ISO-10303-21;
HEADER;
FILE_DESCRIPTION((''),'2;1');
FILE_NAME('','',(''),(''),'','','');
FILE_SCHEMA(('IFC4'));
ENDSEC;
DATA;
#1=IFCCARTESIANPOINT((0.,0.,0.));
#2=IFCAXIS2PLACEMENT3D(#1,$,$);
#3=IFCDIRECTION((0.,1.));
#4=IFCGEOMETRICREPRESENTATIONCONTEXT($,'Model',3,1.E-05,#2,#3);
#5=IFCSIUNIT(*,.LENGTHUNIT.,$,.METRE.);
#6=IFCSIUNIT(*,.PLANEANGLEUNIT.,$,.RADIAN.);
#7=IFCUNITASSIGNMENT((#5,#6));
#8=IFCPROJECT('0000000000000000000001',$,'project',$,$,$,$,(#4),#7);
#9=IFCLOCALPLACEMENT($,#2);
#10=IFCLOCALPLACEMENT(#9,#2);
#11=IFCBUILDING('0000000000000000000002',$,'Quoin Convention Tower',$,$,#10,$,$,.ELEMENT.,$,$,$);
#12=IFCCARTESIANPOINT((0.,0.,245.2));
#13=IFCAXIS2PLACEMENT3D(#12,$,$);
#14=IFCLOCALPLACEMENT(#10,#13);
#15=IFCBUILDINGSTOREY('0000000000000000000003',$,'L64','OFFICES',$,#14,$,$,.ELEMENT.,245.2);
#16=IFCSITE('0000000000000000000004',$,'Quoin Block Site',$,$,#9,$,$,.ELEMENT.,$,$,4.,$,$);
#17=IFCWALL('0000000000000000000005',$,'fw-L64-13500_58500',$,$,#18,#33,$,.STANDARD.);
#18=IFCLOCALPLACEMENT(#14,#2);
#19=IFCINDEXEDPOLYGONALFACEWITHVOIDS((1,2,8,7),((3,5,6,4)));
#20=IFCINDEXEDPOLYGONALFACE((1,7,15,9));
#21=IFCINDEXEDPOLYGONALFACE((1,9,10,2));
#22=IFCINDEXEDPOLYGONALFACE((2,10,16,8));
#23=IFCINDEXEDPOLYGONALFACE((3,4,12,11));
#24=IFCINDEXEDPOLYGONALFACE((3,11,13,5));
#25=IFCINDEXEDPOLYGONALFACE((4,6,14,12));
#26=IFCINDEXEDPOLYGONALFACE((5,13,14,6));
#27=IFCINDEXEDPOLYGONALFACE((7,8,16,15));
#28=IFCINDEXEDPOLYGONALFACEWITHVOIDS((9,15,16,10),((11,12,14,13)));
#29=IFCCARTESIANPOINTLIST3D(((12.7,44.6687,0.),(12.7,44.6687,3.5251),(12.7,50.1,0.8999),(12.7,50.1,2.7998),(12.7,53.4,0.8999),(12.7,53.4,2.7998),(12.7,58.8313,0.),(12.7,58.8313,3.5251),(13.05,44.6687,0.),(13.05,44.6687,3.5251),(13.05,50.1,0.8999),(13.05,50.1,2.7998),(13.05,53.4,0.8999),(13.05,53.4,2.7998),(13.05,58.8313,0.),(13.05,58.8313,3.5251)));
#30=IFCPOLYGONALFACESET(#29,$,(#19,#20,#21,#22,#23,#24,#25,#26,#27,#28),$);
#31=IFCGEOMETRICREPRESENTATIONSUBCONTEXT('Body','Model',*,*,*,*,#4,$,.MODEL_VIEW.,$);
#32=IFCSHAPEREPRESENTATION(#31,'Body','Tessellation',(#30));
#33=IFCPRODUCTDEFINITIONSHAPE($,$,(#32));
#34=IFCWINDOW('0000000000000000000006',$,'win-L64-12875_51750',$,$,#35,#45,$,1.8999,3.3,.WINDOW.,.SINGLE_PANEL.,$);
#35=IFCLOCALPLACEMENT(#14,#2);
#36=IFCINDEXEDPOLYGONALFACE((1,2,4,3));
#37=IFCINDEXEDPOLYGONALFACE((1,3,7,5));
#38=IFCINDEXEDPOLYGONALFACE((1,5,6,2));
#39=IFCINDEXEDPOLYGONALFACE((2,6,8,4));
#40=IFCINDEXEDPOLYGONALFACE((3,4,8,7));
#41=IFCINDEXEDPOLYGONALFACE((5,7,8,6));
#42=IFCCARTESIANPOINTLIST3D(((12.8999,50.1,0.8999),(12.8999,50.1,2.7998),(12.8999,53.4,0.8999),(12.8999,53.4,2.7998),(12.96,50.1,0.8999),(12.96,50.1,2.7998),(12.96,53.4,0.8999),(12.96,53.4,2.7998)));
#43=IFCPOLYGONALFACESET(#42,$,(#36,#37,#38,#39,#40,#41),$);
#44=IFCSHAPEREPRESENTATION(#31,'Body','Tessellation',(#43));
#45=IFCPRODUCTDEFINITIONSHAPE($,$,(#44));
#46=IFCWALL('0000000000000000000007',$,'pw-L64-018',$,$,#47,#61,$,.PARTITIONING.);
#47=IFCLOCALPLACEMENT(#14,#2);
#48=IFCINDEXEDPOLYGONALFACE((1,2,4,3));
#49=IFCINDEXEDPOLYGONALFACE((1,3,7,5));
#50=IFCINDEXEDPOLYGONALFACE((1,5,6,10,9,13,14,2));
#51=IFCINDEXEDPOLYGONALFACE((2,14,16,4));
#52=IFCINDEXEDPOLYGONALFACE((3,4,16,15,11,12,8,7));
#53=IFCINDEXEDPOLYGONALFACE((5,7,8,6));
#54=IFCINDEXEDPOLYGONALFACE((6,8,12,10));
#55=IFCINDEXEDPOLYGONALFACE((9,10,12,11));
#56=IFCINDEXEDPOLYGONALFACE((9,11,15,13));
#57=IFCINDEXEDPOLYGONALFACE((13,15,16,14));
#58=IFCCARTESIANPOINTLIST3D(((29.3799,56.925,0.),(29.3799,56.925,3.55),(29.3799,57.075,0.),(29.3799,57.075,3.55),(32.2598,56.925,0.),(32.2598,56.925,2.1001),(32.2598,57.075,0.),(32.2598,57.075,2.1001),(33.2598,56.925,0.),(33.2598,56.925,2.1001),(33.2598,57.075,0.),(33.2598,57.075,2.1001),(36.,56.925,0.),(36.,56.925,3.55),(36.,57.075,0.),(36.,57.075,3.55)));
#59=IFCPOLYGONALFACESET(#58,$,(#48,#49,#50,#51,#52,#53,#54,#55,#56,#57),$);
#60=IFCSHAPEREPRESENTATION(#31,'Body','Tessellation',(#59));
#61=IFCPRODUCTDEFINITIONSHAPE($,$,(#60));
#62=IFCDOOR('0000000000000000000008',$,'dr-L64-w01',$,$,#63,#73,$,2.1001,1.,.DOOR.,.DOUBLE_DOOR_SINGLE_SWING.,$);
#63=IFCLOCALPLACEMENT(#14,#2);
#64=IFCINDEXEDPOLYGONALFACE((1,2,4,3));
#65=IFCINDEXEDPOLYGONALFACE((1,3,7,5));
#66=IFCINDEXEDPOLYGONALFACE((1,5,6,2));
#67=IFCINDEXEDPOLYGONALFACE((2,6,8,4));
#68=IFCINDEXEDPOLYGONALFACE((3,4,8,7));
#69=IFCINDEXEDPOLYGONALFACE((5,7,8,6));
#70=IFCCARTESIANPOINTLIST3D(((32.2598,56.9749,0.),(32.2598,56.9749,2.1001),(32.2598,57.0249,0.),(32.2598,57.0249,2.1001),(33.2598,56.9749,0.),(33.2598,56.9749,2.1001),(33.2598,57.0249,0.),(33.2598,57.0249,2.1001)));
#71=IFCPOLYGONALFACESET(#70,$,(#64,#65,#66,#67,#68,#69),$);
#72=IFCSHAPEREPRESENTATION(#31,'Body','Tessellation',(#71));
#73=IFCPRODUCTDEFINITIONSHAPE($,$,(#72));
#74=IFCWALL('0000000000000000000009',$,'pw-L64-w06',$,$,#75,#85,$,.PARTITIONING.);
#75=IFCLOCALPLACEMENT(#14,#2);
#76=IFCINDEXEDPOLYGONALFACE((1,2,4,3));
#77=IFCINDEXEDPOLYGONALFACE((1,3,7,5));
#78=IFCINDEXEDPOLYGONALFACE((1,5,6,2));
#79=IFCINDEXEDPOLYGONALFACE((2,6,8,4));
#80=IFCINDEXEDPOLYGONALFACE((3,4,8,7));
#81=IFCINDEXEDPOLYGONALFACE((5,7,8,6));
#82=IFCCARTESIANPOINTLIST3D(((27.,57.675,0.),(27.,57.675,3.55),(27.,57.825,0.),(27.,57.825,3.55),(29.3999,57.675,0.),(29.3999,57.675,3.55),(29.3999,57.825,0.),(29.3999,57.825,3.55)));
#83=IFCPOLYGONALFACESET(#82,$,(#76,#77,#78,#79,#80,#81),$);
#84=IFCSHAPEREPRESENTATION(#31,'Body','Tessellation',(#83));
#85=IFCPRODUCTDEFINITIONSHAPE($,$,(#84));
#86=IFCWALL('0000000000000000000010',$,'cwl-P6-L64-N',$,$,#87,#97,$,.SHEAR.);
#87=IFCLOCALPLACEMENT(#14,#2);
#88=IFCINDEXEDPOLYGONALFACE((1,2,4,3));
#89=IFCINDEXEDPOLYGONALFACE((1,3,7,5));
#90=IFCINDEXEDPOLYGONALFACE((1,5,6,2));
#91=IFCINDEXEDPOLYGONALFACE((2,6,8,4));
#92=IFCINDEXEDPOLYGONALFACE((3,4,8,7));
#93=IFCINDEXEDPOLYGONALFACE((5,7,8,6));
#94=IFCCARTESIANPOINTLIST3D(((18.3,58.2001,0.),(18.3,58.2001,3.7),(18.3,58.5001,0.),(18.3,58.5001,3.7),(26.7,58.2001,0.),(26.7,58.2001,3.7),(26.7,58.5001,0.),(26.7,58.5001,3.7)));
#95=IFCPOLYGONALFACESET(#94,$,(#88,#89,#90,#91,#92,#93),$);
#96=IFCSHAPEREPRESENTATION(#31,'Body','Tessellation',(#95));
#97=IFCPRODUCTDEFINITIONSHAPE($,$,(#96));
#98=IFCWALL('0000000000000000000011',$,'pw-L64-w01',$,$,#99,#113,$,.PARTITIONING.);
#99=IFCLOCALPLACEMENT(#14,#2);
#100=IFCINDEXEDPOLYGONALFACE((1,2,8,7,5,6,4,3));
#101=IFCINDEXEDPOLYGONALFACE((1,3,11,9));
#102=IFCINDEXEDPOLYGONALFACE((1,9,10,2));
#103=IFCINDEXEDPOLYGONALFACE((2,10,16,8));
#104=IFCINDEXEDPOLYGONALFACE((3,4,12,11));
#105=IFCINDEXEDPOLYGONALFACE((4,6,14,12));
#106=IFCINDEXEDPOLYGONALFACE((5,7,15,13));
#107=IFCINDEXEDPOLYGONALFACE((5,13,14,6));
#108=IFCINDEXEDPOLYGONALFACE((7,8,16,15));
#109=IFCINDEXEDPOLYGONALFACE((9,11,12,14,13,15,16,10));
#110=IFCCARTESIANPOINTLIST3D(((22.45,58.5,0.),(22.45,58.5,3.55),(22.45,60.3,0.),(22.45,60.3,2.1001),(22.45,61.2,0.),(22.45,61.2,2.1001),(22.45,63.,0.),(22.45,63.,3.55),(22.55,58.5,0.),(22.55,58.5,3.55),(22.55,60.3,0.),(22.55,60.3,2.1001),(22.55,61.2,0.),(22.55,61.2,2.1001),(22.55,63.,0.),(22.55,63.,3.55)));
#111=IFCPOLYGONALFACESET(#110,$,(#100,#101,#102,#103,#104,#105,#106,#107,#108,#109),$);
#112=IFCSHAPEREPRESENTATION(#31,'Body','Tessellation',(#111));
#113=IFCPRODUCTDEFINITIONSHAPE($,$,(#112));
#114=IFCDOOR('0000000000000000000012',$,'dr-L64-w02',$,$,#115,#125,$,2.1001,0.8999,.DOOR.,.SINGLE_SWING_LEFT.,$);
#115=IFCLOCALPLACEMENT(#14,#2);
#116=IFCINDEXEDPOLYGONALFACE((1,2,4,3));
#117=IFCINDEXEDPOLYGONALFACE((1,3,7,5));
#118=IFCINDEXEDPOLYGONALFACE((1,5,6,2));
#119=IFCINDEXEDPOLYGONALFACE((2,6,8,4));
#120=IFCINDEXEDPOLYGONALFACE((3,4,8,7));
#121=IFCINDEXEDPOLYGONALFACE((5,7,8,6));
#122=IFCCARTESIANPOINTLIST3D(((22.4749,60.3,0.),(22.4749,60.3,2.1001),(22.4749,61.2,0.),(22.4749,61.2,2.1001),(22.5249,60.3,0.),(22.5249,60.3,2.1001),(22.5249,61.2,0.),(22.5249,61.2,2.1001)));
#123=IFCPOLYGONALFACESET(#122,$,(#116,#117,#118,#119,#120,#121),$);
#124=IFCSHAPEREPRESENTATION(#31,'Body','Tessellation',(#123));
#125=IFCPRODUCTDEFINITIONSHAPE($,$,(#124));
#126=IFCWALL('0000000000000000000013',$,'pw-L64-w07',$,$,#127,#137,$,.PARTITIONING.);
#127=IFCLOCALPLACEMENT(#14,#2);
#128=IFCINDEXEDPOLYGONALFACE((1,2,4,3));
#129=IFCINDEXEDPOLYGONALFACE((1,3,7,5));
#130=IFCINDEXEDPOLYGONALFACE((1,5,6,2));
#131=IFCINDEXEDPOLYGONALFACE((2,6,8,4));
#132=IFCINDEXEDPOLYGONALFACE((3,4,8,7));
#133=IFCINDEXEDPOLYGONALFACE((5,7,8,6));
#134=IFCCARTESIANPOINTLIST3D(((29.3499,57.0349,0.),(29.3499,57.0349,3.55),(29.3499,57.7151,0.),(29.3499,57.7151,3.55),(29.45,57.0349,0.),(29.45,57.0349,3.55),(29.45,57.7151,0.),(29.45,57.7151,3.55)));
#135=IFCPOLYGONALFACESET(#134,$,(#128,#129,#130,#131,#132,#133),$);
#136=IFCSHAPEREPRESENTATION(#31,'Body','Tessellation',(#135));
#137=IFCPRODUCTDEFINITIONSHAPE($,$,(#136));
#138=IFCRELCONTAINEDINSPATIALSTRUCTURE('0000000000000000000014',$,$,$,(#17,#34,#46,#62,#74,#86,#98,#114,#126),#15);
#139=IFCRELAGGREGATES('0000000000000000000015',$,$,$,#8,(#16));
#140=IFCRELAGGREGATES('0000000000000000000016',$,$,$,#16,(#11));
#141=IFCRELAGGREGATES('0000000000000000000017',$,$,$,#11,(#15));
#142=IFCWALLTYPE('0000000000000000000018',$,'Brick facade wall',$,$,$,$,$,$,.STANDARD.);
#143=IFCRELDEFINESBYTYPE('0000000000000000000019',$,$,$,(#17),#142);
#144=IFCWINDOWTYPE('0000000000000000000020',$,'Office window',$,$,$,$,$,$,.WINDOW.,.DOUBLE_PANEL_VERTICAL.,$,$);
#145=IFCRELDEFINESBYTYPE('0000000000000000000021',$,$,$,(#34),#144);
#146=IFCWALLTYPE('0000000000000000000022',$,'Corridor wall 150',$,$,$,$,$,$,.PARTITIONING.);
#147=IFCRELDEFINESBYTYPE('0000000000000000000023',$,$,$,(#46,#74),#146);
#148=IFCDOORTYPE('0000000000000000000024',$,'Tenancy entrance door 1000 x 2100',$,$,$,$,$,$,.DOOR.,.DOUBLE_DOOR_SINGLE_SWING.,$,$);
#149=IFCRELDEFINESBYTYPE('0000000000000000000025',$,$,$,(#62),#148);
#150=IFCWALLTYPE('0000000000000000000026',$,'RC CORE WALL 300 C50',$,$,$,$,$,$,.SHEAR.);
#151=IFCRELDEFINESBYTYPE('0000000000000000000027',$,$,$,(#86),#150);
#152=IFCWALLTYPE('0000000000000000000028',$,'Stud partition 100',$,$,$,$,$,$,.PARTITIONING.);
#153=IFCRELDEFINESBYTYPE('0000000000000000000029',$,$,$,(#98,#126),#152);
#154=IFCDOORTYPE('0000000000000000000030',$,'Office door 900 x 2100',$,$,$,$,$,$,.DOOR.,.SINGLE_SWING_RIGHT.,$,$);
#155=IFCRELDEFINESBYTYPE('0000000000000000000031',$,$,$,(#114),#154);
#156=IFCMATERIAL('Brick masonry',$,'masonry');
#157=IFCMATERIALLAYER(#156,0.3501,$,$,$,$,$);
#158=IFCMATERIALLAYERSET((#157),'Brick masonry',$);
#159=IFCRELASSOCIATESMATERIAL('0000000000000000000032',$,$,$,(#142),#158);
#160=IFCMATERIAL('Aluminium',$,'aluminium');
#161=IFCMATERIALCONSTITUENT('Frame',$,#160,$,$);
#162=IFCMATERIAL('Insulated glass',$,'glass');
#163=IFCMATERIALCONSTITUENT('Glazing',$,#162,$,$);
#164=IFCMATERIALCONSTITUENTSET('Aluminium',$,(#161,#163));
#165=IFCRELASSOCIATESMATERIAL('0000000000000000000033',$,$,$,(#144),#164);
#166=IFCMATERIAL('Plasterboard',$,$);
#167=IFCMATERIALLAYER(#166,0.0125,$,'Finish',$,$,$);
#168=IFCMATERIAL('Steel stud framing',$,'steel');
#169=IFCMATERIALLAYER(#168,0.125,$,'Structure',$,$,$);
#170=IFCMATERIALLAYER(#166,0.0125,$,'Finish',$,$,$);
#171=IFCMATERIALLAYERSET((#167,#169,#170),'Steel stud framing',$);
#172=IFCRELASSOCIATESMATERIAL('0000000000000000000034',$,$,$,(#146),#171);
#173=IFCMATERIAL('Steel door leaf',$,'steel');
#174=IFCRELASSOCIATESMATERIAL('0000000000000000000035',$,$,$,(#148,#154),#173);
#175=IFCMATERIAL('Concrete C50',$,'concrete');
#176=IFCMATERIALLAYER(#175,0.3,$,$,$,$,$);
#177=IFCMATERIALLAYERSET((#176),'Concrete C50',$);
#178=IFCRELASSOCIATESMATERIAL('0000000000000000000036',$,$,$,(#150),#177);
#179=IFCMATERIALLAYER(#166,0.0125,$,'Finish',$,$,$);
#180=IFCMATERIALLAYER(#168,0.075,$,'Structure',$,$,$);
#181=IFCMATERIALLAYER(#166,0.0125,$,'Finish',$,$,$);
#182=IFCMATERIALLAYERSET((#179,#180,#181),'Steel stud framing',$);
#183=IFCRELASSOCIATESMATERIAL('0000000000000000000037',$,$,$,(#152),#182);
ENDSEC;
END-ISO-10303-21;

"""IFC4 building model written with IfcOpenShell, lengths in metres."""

from ifc_helpers import new_model, si_unit, direction, frame, frame_2d, origin, place, context, subcontext, project, spatial, rectangle, extrude, material, layer, layer_set, constituent, constituent_set, type_object, element, fill, save


model = new_model("IFC4")

# Units and contexts
model_context = context("Model", 3, precision=1e-05, world=origin(), true_north=direction((0.0, 1.0)))
body_context = subcontext(model_context, "Body", "Model", "MODEL_VIEW")
ifc_project = project(units=[si_unit("LENGTHUNIT", "METRE"), si_unit("PLANEANGLEUNIT", "RADIAN")], contexts=[model_context])

# Site, building, storey
site_placement = place(None, origin())
site = spatial("IfcSite", under=ifc_project, at=site_placement, Name="Quoin Block Site", CompositionType="ELEMENT", RefElevation=4.0)
building_placement = place(site_placement, origin())
building = spatial("IfcBuilding", under=site, at=building_placement, Name="Quoin Convention Tower", CompositionType="ELEMENT")
storey_placement = place(building_placement, frame((0.0, 0.0, 245.2)))
storey = spatial("IfcBuildingStorey", under=building, at=storey_placement, Name="L64", Description="OFFICES", CompositionType="ELEMENT", Elevation=245.2)

# Shared definitions
ifc_material_1 = material(Name="Concrete C50", Category="concrete")

# Wall, opening, window
ifc_material_2 = material(Name="Brick masonry", Category="masonry")
ifc_layer_1 = layer(ifc_material_2, 0.3501)
ifc_layer_set_1 = layer_set([ifc_layer_1], Name="Brick masonry")
wall_type_1 = type_object("IfcWallType", Name="Brick facade wall", PredefinedType="STANDARD", material=ifc_layer_set_1)
ifc_material_3 = material(Name="Aluminium", Category="aluminium")
ifc_constituent_1 = constituent(ifc_material_3, Name="Frame")
ifc_material_4 = material(Name="Insulated glass", Category="glass")
ifc_constituent_2 = constituent(ifc_material_4, Name="Glazing")
ifc_constituent_set = constituent_set(constituents=[ifc_constituent_1, ifc_constituent_2], Name="Aluminium")
window_type = type_object("IfcWindowType", Name="Office window", PartitioningType="DOUBLE_PANEL_VERTICAL", PredefinedType="WINDOW", material=ifc_constituent_set)
wall_1_placement = place(storey_placement, frame((12.875, 58.8313, 0.0), z_axis=(0.0, 0.0, 1.0), x_axis=(0.0, -1.0, 0.0)))
wall_1 = element("IfcWall", 1, at=wall_1_placement, inside=storey, type_object=wall_type_1, Name="fw-L64-13500_58500", PredefinedType="STANDARD", context=body_context, shape_type="SweptSolid", body=[
    extrude(rectangle(XDim=14.1626, YDim=0.3501, at=frame_2d((7.0813, 0.0))), origin(), (0.0, 0.0, 1.0), 3.5251),
])
opening_1_placement = place(wall_1_placement, frame((5.4314, 0.0, 0.8999)))
opening_1 = element("IfcOpeningElement", 2, at=opening_1_placement, cuts=wall_1, PredefinedType="OPENING", context=body_context, shape_type="SweptSolid", body=[
    extrude(rectangle(XDim=3.3, YDim=1.8999, at=frame_2d((1.6499, 0.95))), frame((0.0, 0.1851, 0.0), z_axis=(0.0, -1.0, 0.0), x_axis=(1.0, 0.0, 0.0)), (0.0, 0.0, 1.0), 0.3701),
])
window_1_placement = place(opening_1_placement, origin())
window_1 = element("IfcWindow", 3, at=window_1_placement, inside=storey, type_object=window_type, Name="win-L64-12875_51750", OverallHeight=1.8999, OverallWidth=3.3, PartitioningType="SINGLE_PANEL", PredefinedType="WINDOW", context=body_context, shape_type="SweptSolid", body=[
    extrude(rectangle(XDim=3.3, YDim=1.8999, at=frame_2d((1.6499, 0.95))), frame((0.0, 0.085, 0.0), z_axis=(0.0, -1.0, 0.0), x_axis=(1.0, 0.0, 0.0)), (0.0, 0.0, 1.0), 0.0601),
])
fill(opening_1, window_1)

# Wall, opening, door
ifc_material_5 = material(Name="Plasterboard")
ifc_layer_2 = layer(ifc_material_5, 0.0125, Name="Finish")
ifc_material_6 = material(Name="Steel stud framing", Category="steel")
ifc_layer_3 = layer(ifc_material_6, 0.125, Name="Structure")
ifc_layer_4 = layer(ifc_material_5, 0.0125, Name="Finish")
ifc_layer_set_2 = layer_set([ifc_layer_2, ifc_layer_3, ifc_layer_4], Name="Steel stud framing")
wall_type_2 = type_object("IfcWallType", Name="Corridor wall 150", PredefinedType="PARTITIONING", material=ifc_layer_set_2)
wall_2_placement = place(storey_placement, frame((29.3799, 57.0, 0.0), z_axis=(0.0, 0.0, 1.0), x_axis=(1.0, 0.0, 0.0)))
wall_2 = element("IfcWall", 4, at=wall_2_placement, inside=storey, type_object=wall_type_2, Name="pw-L64-018", PredefinedType="PARTITIONING", context=body_context, shape_type="SweptSolid", body=[
    extrude(rectangle(XDim=6.6201, YDim=0.1499, at=frame_2d((3.3101, 0.0))), origin(), (0.0, 0.0, 1.0), 3.55),
])
opening_2_placement = place(wall_2_placement, frame((2.8799, 0.0, 0.0)))
opening_2 = element("IfcOpeningElement", 5, at=opening_2_placement, cuts=wall_2, PredefinedType="OPENING", context=body_context, shape_type="SweptSolid", body=[
    extrude(rectangle(XDim=1.0, YDim=2.1001, at=frame_2d((0.5, 1.05))), frame((0.0, 0.085, 0.0), z_axis=(0.0, -1.0, 0.0), x_axis=(1.0, 0.0, 0.0)), (0.0, 0.0, 1.0), 0.1699),
])
ifc_material_7 = material(Name="Steel door leaf", Category="steel")
door_type_1 = type_object("IfcDoorType", Name="Tenancy entrance door 1000 x 2100", OperationType="DOUBLE_DOOR_SINGLE_SWING", PredefinedType="DOOR", material=ifc_material_7)
door_1_placement = place(opening_2_placement, origin())
door_1 = element("IfcDoor", 6, at=door_1_placement, inside=storey, type_object=door_type_1, Name="dr-L64-w01", OperationType="DOUBLE_DOOR_SINGLE_SWING", OverallHeight=2.1001, OverallWidth=1.0, PredefinedType="DOOR", context=body_context, shape_type="SweptSolid", body=[
    extrude(rectangle(XDim=1.0, YDim=2.1001, at=frame_2d((0.5, 1.05))), frame((0.0, 0.0249, 0.0), z_axis=(0.0, -1.0, 0.0), x_axis=(1.0, 0.0, 0.0)), (0.0, 0.0, 1.0), 0.05),
])
fill(opening_2, door_1)

# Walls
wall_3_placement = place(storey_placement, frame((27.0, 57.75, 0.0), z_axis=(0.0, 0.0, 1.0), x_axis=(1.0, 0.0, 0.0)))
element("IfcWall", 7, at=wall_3_placement, inside=storey, type_object=wall_type_2, Name="pw-L64-w06", PredefinedType="PARTITIONING", context=body_context, shape_type="SweptSolid", body=[
    extrude(rectangle(XDim=2.3999, YDim=0.1499, at=frame_2d((1.2, 0.0))), origin(), (0.0, 0.0, 1.0), 3.55),
])
ifc_layer_5 = layer(ifc_material_1, 0.3)
ifc_layer_set_3 = layer_set([ifc_layer_5], Name="Concrete C50")
wall_type_3 = type_object("IfcWallType", Name="RC CORE WALL 300 C50", PredefinedType="SHEAR", material=ifc_layer_set_3)
wall_4_placement = place(storey_placement, frame((18.3, 58.3501, 0.0), z_axis=(0.0, 0.0, 1.0), x_axis=(1.0, 0.0, 0.0)))
element("IfcWall", 8, at=wall_4_placement, inside=storey, type_object=wall_type_3, Name="cwl-P6-L64-N", PredefinedType="SHEAR", context=body_context, shape_type="SweptSolid", body=[
    extrude(rectangle(XDim=8.3999, YDim=0.3, at=frame_2d((4.2, 0.0))), origin(), (0.0, 0.0, 1.0), 3.7),
])

# Wall, opening, door
ifc_layer_6 = layer(ifc_material_5, 0.0125, Name="Finish")
ifc_layer_7 = layer(ifc_material_6, 0.075, Name="Structure")
ifc_layer_8 = layer(ifc_material_5, 0.0125, Name="Finish")
ifc_layer_set_4 = layer_set([ifc_layer_6, ifc_layer_7, ifc_layer_8], Name="Steel stud framing")
wall_type_4 = type_object("IfcWallType", Name="Stud partition 100", PredefinedType="PARTITIONING", material=ifc_layer_set_4)
wall_5_placement = place(storey_placement, frame((22.5, 63.0, 0.0), z_axis=(0.0, 0.0, 1.0), x_axis=(0.0, -1.0, 0.0)))
wall_5 = element("IfcWall", 9, at=wall_5_placement, inside=storey, type_object=wall_type_4, Name="pw-L64-w01", PredefinedType="PARTITIONING", context=body_context, shape_type="SweptSolid", body=[
    extrude(rectangle(XDim=4.5, YDim=0.1001, at=frame_2d((2.25, 0.0))), origin(), (0.0, 0.0, 1.0), 3.55),
])
opening_3_placement = place(wall_5_placement, frame((1.8, 0.0, 0.0)))
opening_3 = element("IfcOpeningElement", 10, at=opening_3_placement, cuts=wall_5, PredefinedType="OPENING", context=body_context, shape_type="SweptSolid", body=[
    extrude(rectangle(XDim=0.8999, YDim=2.1001, at=frame_2d((0.45, 1.05))), frame((0.0, 0.0601, 0.0), z_axis=(0.0, -1.0, 0.0), x_axis=(1.0, 0.0, 0.0)), (0.0, 0.0, 1.0), 0.1201),
])
door_type_2 = type_object("IfcDoorType", Name="Office door 900 x 2100", OperationType="SINGLE_SWING_RIGHT", PredefinedType="DOOR", material=ifc_material_7)
door_2_placement = place(opening_3_placement, origin())
door_2 = element("IfcDoor", 11, at=door_2_placement, inside=storey, type_object=door_type_2, Name="dr-L64-w02", OperationType="SINGLE_SWING_LEFT", OverallHeight=2.1001, OverallWidth=0.8999, PredefinedType="DOOR", context=body_context, shape_type="SweptSolid", body=[
    extrude(rectangle(XDim=0.8999, YDim=2.1001, at=frame_2d((0.45, 1.05))), frame((0.0, 0.0249, 0.0), z_axis=(0.0, -1.0, 0.0), x_axis=(1.0, 0.0, 0.0)), (0.0, 0.0, 1.0), 0.05),
])
fill(opening_3, door_2)

# Wall
wall_6_placement = place(storey_placement, frame((29.3999, 57.7151, 0.0), z_axis=(0.0, 0.0, 1.0), x_axis=(0.0, -1.0, 0.0)))
element("IfcWall", 12, at=wall_6_placement, inside=storey, type_object=wall_type_4, Name="pw-L64-w07", PredefinedType="PARTITIONING", context=body_context, shape_type="SweptSolid", body=[
    extrude(rectangle(XDim=0.6802, YDim=0.1001, at=frame_2d((0.3401, 0.0))), origin(), (0.0, 0.0, 1.0), 3.55),
])

save(model, "model.ifc")
